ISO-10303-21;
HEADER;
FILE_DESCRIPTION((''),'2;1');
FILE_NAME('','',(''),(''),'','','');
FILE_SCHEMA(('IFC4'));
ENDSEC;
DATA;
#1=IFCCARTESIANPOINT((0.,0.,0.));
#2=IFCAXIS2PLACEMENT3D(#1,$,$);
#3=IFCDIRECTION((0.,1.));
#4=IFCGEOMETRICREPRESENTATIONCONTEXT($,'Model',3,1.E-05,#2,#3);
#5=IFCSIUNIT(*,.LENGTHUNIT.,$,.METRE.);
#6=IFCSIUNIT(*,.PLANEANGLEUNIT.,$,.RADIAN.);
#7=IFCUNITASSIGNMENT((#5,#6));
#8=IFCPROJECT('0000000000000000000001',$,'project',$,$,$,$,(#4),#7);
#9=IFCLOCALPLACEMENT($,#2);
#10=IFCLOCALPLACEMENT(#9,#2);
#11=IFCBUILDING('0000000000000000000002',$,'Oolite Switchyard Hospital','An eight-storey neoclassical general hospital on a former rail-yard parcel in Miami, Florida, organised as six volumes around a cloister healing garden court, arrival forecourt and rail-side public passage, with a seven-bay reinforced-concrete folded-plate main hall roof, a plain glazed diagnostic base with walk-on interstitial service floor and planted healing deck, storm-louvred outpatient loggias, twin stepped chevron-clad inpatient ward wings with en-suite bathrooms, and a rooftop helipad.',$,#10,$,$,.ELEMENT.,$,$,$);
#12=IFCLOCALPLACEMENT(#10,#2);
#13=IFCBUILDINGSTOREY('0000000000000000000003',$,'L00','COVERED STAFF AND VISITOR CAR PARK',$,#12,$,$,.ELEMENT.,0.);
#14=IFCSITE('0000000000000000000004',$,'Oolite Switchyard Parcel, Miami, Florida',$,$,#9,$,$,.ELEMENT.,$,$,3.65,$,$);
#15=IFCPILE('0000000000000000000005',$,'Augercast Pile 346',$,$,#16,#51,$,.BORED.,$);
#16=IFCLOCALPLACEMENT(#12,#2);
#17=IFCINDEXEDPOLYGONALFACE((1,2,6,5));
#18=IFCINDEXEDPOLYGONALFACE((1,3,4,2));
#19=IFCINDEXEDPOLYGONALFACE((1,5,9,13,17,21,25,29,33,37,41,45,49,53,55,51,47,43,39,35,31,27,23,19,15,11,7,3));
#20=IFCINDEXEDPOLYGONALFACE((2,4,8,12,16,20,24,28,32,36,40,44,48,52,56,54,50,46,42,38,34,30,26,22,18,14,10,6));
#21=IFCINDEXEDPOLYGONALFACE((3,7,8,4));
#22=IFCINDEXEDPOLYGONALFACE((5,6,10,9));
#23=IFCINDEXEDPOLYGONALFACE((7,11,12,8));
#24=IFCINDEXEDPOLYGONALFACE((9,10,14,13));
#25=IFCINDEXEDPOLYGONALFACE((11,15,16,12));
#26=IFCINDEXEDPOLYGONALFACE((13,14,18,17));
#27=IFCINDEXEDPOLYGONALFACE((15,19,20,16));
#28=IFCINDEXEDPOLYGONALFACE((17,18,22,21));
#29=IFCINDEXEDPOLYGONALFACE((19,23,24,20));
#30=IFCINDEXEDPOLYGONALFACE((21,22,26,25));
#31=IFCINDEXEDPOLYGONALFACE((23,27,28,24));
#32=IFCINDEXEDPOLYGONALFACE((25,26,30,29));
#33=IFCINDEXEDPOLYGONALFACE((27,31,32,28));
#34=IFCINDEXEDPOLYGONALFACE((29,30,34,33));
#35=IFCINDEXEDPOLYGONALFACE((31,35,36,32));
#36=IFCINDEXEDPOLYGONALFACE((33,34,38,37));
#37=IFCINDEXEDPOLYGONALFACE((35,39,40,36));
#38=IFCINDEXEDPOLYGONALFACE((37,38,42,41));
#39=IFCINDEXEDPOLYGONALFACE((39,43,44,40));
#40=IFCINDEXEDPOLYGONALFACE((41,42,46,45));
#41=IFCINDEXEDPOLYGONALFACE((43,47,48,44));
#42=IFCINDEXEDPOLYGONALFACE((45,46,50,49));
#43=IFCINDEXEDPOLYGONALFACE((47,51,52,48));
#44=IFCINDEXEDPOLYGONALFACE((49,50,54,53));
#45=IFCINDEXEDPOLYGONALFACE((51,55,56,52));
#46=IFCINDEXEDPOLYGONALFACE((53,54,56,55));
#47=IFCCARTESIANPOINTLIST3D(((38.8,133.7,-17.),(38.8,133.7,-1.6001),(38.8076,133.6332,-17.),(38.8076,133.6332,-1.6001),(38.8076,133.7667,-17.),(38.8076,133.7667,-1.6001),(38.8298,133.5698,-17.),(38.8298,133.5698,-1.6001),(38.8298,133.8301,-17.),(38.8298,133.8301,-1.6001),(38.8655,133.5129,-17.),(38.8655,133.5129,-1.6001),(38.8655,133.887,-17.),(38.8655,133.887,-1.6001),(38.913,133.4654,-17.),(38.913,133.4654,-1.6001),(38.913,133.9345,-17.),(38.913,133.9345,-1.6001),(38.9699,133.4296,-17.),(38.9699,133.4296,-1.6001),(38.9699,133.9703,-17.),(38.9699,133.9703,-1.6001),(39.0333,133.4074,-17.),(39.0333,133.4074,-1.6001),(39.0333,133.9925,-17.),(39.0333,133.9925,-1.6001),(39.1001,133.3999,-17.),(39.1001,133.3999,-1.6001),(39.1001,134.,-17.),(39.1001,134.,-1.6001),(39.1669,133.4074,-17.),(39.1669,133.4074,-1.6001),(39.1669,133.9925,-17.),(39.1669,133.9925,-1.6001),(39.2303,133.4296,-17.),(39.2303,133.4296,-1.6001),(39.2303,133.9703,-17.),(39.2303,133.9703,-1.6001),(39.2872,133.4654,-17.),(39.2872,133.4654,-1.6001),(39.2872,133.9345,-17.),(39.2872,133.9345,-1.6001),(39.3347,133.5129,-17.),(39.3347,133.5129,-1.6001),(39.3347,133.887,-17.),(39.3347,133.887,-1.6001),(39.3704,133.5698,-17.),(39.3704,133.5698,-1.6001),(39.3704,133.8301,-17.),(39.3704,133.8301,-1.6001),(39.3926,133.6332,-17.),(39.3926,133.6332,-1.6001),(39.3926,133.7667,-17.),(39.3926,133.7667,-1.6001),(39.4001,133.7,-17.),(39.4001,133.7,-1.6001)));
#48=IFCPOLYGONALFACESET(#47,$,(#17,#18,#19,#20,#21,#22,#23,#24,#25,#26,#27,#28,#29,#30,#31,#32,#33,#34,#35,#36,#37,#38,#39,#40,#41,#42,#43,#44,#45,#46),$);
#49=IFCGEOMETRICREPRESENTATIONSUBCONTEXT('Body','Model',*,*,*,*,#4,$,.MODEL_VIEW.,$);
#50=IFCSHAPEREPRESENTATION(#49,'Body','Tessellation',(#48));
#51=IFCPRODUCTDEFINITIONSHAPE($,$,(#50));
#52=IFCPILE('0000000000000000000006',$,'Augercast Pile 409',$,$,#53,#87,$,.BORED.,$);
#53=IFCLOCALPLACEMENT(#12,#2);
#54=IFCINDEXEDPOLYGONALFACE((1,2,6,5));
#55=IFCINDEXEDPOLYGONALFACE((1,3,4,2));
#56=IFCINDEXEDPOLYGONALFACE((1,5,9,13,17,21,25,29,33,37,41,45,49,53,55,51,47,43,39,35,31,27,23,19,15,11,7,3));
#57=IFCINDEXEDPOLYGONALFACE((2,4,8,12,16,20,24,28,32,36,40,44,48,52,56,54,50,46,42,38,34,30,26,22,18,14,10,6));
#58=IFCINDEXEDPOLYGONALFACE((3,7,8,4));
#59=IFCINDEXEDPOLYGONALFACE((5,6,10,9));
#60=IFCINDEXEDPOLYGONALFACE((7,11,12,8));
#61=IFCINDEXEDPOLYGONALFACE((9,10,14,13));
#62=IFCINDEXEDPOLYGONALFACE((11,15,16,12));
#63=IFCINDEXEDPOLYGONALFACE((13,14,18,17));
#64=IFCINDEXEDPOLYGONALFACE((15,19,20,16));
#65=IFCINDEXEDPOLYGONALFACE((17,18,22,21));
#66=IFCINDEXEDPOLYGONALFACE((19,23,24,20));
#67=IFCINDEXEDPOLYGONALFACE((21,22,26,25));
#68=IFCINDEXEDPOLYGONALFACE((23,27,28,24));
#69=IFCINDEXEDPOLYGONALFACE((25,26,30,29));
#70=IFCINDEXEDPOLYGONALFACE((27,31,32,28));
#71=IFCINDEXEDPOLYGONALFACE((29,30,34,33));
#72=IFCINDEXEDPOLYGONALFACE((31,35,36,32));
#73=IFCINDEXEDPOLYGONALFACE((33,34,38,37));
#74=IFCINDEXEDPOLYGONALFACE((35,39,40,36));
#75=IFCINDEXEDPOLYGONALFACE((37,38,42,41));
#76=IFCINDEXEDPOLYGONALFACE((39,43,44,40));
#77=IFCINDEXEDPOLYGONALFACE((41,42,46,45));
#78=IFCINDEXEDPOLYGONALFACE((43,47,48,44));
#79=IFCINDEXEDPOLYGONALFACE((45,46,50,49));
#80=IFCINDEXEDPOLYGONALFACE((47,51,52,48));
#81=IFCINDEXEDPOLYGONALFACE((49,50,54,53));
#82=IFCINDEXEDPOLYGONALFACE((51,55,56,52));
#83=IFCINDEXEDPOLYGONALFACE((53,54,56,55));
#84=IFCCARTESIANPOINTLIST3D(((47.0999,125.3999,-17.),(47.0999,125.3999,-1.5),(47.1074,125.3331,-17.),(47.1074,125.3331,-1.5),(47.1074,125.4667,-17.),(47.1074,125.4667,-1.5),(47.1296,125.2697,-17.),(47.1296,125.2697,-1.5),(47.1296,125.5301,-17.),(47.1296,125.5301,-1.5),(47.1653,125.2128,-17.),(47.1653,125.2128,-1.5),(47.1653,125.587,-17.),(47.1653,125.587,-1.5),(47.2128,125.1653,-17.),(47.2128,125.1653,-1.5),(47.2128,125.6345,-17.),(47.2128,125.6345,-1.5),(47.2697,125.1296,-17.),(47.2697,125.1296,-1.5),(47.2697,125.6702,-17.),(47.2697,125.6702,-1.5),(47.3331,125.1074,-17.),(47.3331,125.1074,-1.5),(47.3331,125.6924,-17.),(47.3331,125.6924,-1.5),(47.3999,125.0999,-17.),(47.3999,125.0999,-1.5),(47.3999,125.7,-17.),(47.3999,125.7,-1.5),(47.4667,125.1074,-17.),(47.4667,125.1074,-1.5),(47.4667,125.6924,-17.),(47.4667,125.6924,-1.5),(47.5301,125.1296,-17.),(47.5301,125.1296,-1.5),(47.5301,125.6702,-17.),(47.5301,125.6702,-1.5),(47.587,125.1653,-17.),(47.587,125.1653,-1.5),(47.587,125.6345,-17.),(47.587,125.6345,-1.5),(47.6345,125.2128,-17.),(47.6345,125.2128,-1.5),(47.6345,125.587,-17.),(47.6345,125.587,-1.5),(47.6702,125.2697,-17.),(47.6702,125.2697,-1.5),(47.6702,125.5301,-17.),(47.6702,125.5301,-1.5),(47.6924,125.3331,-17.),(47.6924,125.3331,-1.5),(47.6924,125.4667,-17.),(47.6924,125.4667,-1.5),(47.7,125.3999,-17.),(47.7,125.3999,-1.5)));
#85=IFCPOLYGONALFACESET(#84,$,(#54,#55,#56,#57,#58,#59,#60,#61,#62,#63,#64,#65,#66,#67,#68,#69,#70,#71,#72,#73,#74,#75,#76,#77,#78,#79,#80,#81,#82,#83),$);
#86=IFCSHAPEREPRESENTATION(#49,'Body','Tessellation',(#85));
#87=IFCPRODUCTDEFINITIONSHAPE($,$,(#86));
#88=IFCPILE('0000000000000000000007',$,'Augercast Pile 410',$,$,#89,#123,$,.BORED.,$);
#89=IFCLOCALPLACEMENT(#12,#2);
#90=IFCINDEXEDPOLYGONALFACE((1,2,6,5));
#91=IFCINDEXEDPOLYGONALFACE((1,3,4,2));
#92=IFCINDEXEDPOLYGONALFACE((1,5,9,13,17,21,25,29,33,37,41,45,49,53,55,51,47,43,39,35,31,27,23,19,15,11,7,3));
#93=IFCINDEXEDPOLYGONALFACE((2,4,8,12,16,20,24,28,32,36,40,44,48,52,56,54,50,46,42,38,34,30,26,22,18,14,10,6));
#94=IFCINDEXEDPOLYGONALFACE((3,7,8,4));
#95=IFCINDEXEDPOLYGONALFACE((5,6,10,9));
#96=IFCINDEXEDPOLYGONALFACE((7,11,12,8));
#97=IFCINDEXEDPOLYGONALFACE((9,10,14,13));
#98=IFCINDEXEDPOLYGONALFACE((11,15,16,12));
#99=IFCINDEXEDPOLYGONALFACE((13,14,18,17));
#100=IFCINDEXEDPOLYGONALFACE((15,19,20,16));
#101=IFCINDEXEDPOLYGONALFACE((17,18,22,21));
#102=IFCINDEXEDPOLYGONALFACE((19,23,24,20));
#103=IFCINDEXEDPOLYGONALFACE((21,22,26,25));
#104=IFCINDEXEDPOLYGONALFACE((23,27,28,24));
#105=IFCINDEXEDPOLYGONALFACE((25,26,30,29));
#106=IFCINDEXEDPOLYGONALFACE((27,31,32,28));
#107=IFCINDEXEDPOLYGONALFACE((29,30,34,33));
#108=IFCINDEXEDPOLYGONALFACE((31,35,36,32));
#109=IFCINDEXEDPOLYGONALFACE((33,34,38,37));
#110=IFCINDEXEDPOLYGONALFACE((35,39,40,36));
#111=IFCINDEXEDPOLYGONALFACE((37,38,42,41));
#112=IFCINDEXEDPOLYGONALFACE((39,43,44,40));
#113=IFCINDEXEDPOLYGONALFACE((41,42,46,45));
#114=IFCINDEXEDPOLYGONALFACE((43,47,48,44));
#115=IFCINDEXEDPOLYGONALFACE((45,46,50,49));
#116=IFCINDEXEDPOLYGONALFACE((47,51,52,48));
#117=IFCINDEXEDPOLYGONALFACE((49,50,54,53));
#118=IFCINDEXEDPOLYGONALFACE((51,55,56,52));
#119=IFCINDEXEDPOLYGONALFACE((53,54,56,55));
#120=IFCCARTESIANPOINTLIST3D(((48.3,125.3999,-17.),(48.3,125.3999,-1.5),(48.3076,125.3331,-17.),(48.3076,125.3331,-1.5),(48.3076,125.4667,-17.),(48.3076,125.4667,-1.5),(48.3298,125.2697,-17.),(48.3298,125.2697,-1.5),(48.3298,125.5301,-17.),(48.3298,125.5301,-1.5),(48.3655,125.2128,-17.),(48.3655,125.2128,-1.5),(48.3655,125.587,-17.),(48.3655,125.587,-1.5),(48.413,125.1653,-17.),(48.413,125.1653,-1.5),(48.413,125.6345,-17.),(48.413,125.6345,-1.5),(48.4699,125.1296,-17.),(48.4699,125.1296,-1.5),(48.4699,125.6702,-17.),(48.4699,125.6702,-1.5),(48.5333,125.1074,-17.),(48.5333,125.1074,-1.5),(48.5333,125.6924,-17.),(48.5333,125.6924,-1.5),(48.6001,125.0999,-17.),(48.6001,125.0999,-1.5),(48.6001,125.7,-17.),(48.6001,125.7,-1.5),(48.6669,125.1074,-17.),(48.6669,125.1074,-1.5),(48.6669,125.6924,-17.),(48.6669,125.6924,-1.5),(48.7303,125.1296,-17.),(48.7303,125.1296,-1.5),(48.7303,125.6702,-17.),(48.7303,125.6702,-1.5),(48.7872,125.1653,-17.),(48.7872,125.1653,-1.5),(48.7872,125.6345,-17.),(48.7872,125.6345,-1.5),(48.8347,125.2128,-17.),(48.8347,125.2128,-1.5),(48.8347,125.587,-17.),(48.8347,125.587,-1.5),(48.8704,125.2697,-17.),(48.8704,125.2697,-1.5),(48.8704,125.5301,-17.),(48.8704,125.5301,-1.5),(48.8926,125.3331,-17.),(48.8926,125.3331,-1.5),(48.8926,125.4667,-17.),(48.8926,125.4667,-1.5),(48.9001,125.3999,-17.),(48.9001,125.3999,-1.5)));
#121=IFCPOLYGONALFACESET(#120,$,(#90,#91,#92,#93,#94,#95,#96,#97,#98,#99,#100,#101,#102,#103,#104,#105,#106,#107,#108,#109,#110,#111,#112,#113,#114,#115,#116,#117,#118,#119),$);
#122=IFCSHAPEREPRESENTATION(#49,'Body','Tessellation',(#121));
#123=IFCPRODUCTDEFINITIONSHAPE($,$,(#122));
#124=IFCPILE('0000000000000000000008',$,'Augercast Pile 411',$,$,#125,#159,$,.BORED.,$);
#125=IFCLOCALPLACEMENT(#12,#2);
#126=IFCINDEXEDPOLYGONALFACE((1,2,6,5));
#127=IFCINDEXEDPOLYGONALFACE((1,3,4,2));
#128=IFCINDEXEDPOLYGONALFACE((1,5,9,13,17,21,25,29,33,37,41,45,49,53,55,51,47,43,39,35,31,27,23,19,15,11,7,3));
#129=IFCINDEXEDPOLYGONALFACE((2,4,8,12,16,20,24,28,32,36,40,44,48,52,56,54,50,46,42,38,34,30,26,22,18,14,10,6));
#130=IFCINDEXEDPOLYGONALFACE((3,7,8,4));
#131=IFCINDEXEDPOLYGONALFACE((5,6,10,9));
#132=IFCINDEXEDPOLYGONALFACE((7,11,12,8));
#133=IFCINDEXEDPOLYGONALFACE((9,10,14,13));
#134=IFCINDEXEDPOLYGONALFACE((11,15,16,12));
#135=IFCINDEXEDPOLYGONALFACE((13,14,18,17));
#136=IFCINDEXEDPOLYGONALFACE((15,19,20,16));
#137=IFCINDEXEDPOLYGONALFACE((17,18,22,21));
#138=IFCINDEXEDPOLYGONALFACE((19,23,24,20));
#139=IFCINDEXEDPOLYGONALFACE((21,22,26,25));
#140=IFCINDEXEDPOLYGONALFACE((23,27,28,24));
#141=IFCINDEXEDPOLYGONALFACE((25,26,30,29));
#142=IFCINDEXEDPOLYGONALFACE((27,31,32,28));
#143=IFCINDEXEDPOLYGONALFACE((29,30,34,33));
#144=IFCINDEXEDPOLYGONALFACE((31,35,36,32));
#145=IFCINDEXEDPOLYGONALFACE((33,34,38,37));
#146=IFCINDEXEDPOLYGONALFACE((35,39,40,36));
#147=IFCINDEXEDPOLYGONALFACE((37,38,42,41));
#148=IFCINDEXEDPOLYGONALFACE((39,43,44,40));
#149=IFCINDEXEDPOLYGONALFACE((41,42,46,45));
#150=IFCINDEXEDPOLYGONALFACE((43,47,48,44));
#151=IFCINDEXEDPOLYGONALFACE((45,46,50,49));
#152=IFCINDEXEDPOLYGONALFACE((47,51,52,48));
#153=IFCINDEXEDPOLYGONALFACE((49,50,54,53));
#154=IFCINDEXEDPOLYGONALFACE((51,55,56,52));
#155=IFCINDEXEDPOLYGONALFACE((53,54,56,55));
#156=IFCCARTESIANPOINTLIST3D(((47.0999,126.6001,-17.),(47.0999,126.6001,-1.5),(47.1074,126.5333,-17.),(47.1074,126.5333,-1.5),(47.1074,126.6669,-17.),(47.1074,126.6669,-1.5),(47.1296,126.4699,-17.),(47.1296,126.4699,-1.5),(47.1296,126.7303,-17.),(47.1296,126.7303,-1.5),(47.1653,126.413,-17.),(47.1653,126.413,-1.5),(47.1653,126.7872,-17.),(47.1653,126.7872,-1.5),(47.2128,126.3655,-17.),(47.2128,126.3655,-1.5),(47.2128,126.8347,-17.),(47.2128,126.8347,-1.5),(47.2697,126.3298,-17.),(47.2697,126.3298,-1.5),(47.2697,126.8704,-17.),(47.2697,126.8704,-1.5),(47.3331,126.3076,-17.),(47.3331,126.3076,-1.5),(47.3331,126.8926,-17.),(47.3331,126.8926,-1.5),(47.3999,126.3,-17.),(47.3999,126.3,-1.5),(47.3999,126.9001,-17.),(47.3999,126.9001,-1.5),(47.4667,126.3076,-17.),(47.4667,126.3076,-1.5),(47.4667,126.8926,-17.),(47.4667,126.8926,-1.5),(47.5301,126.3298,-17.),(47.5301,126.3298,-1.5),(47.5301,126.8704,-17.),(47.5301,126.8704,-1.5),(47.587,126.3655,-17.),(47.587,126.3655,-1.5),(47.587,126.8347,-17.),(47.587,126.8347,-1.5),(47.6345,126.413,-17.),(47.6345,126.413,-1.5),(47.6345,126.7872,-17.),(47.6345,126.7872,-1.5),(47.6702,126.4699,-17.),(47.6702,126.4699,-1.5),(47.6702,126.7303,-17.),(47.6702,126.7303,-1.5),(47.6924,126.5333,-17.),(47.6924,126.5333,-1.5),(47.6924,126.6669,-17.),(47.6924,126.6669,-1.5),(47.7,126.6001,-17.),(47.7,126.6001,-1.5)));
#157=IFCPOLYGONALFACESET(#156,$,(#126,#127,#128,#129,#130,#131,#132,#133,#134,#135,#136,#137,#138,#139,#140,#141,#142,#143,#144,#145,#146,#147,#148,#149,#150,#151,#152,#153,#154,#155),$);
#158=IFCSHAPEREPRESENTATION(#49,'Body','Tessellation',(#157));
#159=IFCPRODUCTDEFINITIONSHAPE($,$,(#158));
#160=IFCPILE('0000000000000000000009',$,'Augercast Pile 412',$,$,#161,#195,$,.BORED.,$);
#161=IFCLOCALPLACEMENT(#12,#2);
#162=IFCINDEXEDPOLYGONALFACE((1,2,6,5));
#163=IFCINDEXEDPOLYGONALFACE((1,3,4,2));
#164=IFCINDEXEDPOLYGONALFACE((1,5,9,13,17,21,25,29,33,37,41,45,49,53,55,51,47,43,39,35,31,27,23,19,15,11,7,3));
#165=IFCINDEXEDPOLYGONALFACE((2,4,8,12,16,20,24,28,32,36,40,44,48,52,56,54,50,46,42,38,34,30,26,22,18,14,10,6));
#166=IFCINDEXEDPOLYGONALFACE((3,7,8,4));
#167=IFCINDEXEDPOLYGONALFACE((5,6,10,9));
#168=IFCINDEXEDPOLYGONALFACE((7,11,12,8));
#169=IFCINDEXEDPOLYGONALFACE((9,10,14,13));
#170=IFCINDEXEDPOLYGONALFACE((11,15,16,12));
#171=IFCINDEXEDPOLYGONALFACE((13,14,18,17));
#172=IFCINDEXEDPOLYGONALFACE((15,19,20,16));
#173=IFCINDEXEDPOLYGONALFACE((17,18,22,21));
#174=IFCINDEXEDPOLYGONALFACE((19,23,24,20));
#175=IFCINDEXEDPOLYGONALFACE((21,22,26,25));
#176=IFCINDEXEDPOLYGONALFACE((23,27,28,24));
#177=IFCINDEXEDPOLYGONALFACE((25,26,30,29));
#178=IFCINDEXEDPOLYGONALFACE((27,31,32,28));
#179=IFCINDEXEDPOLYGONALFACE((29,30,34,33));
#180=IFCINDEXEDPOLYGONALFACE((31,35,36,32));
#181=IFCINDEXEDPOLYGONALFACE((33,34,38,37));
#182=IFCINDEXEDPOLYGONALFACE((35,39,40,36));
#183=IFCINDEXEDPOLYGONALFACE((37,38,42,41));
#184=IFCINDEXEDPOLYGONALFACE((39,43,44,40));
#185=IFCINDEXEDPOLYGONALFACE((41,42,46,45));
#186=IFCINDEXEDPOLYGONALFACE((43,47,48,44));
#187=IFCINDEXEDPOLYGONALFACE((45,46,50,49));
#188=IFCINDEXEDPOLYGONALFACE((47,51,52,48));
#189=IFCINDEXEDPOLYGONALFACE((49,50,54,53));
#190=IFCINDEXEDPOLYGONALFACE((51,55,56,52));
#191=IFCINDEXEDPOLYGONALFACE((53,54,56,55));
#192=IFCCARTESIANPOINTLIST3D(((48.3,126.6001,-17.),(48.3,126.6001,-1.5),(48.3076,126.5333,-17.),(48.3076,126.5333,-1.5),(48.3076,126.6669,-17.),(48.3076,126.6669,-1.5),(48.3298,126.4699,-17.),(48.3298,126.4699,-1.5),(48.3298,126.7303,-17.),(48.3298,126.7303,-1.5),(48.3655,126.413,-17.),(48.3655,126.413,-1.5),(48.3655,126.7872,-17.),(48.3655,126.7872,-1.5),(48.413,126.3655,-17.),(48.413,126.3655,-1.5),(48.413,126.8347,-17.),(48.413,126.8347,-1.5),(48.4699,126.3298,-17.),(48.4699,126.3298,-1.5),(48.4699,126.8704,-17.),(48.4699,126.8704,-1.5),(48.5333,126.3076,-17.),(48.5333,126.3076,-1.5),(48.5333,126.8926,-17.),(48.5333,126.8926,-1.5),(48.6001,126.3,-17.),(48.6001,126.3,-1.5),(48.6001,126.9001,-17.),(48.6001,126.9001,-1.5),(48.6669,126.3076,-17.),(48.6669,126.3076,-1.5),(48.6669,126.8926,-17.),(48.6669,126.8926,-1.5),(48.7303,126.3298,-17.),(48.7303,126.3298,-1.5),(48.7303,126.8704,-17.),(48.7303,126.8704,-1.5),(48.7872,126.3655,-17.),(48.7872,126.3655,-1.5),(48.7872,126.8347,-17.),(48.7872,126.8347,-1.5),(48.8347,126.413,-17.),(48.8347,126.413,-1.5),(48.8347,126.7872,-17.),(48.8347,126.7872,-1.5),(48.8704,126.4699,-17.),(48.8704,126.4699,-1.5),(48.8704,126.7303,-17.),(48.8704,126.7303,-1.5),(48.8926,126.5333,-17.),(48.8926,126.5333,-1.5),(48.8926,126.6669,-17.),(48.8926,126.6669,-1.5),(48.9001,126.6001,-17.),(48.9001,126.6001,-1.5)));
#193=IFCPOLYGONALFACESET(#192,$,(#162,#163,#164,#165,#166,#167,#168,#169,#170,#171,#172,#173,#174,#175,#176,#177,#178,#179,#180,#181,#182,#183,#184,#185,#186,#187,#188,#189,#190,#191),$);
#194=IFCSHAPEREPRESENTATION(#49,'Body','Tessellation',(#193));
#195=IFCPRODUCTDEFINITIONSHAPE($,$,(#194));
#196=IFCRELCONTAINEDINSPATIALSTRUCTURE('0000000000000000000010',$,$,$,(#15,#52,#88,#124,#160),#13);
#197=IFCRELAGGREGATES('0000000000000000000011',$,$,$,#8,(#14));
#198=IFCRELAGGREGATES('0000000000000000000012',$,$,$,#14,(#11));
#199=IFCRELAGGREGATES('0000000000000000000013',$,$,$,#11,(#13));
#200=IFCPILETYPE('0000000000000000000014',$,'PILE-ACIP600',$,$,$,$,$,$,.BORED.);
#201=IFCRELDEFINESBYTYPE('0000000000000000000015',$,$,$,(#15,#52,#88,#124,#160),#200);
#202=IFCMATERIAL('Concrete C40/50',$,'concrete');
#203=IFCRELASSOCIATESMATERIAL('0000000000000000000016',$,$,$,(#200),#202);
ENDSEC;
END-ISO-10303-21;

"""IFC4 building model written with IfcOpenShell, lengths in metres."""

from ifc_helpers import new_model, si_unit, direction, frame, origin, origin_2d, place, context, subcontext, project, spatial, circle, extrude, material, material_profile, profile_set, type_object, element, save


model = new_model("IFC4")

# Units and contexts
model_context = context("Model", 3, precision=1e-05, world=origin(), true_north=direction((0.0, 1.0)))
body_context = subcontext(model_context, "Body", "Model", "MODEL_VIEW")
ifc_project = project(units=[si_unit("LENGTHUNIT", "METRE"), si_unit("PLANEANGLEUNIT", "RADIAN")], contexts=[model_context])

# Site, building, storey
site_placement = place(None, origin())
site = spatial("IfcSite", under=ifc_project, at=site_placement, Name="Oolite Switchyard Parcel, Miami, Florida", CompositionType="ELEMENT", RefElevation=3.65)
building_placement = place(site_placement, origin())
building = spatial("IfcBuilding", under=site, at=building_placement, Name="Oolite Switchyard Hospital", Description="An eight-storey neoclassical general hospital on a former rail-yard parcel in Miami, Florida, organised as six volumes around a cloister healing garden court, arrival forecourt and rail-side public passage, with a seven-bay reinforced-concrete folded-plate main hall roof, a plain glazed diagnostic base with walk-on interstitial service floor and planted healing deck, storm-louvred outpatient loggias, twin stepped chevron-clad inpatient ward wings with en-suite bathrooms, and a rooftop helipad.", CompositionType="ELEMENT")
storey_placement = place(building_placement, origin())
storey = spatial("IfcBuildingStorey", under=building, at=storey_placement, Name="L00", Description="COVERED STAFF AND VISITOR CAR PARK", CompositionType="ELEMENT", Elevation=0.0)

# Shared definitions
ifc_material_1 = material(Name="Concrete C40/50", Category="concrete")

# Piles
ifc_material_profile_1 = material_profile(ifc_material_1, circle(Radius=0.3, at=origin_2d()), Name="PILE600")
ifc_profile_set_1 = profile_set([ifc_material_profile_1], Name="Concrete C40/50")
pile_type = type_object("IfcPileType", Name="PILE-ACIP600", PredefinedType="BORED", material=ifc_profile_set_1)
pile_1_placement = place(storey_placement, frame((39.1001, 133.7, -1.6001), z_axis=(0.0, 0.0, -1.0), x_axis=(1.0, 0.0, 0.0)))
element("IfcPile", 1, at=pile_1_placement, inside=storey, type_object=pile_type, Name="Augercast Pile 346", PredefinedType="BORED", context=body_context, shape_type="SweptSolid", body=[
    extrude(circle(Radius=0.3, at=origin_2d()), origin(), (0.0, 0.0, 1.0), 15.3999),
])
for number, where, z_axis, x_axis, name in (
    (2, (47.3999, 125.3999, -1.5), (0.0, 0.0, -1.0), (1.0, 0.0, 0.0), "Augercast Pile 409"),
    (3, (48.6001, 125.3999, -1.5), (0.0, 0.0, -1.0), (1.0, 0.0, 0.0), "Augercast Pile 410"),
    (4, (47.3999, 126.6001, -1.5), (0.0, 0.0, -1.0), (1.0, 0.0, 0.0), "Augercast Pile 411"),
    (5, (48.6001, 126.6001, -1.5), (0.0, 0.0, -1.0), (1.0, 0.0, 0.0), "Augercast Pile 412"),
):
    element("IfcPile", number, at=place(storey_placement, frame(where, z_axis=z_axis, x_axis=x_axis)), inside=storey, type_object=pile_type, Name=name, PredefinedType="BORED", context=body_context, shape_type="SweptSolid", body=[
        extrude(circle(Radius=0.3, at=origin_2d()), origin(), (0.0, 0.0, 1.0), 15.5),
    ])

save(model, "model.ifc")
